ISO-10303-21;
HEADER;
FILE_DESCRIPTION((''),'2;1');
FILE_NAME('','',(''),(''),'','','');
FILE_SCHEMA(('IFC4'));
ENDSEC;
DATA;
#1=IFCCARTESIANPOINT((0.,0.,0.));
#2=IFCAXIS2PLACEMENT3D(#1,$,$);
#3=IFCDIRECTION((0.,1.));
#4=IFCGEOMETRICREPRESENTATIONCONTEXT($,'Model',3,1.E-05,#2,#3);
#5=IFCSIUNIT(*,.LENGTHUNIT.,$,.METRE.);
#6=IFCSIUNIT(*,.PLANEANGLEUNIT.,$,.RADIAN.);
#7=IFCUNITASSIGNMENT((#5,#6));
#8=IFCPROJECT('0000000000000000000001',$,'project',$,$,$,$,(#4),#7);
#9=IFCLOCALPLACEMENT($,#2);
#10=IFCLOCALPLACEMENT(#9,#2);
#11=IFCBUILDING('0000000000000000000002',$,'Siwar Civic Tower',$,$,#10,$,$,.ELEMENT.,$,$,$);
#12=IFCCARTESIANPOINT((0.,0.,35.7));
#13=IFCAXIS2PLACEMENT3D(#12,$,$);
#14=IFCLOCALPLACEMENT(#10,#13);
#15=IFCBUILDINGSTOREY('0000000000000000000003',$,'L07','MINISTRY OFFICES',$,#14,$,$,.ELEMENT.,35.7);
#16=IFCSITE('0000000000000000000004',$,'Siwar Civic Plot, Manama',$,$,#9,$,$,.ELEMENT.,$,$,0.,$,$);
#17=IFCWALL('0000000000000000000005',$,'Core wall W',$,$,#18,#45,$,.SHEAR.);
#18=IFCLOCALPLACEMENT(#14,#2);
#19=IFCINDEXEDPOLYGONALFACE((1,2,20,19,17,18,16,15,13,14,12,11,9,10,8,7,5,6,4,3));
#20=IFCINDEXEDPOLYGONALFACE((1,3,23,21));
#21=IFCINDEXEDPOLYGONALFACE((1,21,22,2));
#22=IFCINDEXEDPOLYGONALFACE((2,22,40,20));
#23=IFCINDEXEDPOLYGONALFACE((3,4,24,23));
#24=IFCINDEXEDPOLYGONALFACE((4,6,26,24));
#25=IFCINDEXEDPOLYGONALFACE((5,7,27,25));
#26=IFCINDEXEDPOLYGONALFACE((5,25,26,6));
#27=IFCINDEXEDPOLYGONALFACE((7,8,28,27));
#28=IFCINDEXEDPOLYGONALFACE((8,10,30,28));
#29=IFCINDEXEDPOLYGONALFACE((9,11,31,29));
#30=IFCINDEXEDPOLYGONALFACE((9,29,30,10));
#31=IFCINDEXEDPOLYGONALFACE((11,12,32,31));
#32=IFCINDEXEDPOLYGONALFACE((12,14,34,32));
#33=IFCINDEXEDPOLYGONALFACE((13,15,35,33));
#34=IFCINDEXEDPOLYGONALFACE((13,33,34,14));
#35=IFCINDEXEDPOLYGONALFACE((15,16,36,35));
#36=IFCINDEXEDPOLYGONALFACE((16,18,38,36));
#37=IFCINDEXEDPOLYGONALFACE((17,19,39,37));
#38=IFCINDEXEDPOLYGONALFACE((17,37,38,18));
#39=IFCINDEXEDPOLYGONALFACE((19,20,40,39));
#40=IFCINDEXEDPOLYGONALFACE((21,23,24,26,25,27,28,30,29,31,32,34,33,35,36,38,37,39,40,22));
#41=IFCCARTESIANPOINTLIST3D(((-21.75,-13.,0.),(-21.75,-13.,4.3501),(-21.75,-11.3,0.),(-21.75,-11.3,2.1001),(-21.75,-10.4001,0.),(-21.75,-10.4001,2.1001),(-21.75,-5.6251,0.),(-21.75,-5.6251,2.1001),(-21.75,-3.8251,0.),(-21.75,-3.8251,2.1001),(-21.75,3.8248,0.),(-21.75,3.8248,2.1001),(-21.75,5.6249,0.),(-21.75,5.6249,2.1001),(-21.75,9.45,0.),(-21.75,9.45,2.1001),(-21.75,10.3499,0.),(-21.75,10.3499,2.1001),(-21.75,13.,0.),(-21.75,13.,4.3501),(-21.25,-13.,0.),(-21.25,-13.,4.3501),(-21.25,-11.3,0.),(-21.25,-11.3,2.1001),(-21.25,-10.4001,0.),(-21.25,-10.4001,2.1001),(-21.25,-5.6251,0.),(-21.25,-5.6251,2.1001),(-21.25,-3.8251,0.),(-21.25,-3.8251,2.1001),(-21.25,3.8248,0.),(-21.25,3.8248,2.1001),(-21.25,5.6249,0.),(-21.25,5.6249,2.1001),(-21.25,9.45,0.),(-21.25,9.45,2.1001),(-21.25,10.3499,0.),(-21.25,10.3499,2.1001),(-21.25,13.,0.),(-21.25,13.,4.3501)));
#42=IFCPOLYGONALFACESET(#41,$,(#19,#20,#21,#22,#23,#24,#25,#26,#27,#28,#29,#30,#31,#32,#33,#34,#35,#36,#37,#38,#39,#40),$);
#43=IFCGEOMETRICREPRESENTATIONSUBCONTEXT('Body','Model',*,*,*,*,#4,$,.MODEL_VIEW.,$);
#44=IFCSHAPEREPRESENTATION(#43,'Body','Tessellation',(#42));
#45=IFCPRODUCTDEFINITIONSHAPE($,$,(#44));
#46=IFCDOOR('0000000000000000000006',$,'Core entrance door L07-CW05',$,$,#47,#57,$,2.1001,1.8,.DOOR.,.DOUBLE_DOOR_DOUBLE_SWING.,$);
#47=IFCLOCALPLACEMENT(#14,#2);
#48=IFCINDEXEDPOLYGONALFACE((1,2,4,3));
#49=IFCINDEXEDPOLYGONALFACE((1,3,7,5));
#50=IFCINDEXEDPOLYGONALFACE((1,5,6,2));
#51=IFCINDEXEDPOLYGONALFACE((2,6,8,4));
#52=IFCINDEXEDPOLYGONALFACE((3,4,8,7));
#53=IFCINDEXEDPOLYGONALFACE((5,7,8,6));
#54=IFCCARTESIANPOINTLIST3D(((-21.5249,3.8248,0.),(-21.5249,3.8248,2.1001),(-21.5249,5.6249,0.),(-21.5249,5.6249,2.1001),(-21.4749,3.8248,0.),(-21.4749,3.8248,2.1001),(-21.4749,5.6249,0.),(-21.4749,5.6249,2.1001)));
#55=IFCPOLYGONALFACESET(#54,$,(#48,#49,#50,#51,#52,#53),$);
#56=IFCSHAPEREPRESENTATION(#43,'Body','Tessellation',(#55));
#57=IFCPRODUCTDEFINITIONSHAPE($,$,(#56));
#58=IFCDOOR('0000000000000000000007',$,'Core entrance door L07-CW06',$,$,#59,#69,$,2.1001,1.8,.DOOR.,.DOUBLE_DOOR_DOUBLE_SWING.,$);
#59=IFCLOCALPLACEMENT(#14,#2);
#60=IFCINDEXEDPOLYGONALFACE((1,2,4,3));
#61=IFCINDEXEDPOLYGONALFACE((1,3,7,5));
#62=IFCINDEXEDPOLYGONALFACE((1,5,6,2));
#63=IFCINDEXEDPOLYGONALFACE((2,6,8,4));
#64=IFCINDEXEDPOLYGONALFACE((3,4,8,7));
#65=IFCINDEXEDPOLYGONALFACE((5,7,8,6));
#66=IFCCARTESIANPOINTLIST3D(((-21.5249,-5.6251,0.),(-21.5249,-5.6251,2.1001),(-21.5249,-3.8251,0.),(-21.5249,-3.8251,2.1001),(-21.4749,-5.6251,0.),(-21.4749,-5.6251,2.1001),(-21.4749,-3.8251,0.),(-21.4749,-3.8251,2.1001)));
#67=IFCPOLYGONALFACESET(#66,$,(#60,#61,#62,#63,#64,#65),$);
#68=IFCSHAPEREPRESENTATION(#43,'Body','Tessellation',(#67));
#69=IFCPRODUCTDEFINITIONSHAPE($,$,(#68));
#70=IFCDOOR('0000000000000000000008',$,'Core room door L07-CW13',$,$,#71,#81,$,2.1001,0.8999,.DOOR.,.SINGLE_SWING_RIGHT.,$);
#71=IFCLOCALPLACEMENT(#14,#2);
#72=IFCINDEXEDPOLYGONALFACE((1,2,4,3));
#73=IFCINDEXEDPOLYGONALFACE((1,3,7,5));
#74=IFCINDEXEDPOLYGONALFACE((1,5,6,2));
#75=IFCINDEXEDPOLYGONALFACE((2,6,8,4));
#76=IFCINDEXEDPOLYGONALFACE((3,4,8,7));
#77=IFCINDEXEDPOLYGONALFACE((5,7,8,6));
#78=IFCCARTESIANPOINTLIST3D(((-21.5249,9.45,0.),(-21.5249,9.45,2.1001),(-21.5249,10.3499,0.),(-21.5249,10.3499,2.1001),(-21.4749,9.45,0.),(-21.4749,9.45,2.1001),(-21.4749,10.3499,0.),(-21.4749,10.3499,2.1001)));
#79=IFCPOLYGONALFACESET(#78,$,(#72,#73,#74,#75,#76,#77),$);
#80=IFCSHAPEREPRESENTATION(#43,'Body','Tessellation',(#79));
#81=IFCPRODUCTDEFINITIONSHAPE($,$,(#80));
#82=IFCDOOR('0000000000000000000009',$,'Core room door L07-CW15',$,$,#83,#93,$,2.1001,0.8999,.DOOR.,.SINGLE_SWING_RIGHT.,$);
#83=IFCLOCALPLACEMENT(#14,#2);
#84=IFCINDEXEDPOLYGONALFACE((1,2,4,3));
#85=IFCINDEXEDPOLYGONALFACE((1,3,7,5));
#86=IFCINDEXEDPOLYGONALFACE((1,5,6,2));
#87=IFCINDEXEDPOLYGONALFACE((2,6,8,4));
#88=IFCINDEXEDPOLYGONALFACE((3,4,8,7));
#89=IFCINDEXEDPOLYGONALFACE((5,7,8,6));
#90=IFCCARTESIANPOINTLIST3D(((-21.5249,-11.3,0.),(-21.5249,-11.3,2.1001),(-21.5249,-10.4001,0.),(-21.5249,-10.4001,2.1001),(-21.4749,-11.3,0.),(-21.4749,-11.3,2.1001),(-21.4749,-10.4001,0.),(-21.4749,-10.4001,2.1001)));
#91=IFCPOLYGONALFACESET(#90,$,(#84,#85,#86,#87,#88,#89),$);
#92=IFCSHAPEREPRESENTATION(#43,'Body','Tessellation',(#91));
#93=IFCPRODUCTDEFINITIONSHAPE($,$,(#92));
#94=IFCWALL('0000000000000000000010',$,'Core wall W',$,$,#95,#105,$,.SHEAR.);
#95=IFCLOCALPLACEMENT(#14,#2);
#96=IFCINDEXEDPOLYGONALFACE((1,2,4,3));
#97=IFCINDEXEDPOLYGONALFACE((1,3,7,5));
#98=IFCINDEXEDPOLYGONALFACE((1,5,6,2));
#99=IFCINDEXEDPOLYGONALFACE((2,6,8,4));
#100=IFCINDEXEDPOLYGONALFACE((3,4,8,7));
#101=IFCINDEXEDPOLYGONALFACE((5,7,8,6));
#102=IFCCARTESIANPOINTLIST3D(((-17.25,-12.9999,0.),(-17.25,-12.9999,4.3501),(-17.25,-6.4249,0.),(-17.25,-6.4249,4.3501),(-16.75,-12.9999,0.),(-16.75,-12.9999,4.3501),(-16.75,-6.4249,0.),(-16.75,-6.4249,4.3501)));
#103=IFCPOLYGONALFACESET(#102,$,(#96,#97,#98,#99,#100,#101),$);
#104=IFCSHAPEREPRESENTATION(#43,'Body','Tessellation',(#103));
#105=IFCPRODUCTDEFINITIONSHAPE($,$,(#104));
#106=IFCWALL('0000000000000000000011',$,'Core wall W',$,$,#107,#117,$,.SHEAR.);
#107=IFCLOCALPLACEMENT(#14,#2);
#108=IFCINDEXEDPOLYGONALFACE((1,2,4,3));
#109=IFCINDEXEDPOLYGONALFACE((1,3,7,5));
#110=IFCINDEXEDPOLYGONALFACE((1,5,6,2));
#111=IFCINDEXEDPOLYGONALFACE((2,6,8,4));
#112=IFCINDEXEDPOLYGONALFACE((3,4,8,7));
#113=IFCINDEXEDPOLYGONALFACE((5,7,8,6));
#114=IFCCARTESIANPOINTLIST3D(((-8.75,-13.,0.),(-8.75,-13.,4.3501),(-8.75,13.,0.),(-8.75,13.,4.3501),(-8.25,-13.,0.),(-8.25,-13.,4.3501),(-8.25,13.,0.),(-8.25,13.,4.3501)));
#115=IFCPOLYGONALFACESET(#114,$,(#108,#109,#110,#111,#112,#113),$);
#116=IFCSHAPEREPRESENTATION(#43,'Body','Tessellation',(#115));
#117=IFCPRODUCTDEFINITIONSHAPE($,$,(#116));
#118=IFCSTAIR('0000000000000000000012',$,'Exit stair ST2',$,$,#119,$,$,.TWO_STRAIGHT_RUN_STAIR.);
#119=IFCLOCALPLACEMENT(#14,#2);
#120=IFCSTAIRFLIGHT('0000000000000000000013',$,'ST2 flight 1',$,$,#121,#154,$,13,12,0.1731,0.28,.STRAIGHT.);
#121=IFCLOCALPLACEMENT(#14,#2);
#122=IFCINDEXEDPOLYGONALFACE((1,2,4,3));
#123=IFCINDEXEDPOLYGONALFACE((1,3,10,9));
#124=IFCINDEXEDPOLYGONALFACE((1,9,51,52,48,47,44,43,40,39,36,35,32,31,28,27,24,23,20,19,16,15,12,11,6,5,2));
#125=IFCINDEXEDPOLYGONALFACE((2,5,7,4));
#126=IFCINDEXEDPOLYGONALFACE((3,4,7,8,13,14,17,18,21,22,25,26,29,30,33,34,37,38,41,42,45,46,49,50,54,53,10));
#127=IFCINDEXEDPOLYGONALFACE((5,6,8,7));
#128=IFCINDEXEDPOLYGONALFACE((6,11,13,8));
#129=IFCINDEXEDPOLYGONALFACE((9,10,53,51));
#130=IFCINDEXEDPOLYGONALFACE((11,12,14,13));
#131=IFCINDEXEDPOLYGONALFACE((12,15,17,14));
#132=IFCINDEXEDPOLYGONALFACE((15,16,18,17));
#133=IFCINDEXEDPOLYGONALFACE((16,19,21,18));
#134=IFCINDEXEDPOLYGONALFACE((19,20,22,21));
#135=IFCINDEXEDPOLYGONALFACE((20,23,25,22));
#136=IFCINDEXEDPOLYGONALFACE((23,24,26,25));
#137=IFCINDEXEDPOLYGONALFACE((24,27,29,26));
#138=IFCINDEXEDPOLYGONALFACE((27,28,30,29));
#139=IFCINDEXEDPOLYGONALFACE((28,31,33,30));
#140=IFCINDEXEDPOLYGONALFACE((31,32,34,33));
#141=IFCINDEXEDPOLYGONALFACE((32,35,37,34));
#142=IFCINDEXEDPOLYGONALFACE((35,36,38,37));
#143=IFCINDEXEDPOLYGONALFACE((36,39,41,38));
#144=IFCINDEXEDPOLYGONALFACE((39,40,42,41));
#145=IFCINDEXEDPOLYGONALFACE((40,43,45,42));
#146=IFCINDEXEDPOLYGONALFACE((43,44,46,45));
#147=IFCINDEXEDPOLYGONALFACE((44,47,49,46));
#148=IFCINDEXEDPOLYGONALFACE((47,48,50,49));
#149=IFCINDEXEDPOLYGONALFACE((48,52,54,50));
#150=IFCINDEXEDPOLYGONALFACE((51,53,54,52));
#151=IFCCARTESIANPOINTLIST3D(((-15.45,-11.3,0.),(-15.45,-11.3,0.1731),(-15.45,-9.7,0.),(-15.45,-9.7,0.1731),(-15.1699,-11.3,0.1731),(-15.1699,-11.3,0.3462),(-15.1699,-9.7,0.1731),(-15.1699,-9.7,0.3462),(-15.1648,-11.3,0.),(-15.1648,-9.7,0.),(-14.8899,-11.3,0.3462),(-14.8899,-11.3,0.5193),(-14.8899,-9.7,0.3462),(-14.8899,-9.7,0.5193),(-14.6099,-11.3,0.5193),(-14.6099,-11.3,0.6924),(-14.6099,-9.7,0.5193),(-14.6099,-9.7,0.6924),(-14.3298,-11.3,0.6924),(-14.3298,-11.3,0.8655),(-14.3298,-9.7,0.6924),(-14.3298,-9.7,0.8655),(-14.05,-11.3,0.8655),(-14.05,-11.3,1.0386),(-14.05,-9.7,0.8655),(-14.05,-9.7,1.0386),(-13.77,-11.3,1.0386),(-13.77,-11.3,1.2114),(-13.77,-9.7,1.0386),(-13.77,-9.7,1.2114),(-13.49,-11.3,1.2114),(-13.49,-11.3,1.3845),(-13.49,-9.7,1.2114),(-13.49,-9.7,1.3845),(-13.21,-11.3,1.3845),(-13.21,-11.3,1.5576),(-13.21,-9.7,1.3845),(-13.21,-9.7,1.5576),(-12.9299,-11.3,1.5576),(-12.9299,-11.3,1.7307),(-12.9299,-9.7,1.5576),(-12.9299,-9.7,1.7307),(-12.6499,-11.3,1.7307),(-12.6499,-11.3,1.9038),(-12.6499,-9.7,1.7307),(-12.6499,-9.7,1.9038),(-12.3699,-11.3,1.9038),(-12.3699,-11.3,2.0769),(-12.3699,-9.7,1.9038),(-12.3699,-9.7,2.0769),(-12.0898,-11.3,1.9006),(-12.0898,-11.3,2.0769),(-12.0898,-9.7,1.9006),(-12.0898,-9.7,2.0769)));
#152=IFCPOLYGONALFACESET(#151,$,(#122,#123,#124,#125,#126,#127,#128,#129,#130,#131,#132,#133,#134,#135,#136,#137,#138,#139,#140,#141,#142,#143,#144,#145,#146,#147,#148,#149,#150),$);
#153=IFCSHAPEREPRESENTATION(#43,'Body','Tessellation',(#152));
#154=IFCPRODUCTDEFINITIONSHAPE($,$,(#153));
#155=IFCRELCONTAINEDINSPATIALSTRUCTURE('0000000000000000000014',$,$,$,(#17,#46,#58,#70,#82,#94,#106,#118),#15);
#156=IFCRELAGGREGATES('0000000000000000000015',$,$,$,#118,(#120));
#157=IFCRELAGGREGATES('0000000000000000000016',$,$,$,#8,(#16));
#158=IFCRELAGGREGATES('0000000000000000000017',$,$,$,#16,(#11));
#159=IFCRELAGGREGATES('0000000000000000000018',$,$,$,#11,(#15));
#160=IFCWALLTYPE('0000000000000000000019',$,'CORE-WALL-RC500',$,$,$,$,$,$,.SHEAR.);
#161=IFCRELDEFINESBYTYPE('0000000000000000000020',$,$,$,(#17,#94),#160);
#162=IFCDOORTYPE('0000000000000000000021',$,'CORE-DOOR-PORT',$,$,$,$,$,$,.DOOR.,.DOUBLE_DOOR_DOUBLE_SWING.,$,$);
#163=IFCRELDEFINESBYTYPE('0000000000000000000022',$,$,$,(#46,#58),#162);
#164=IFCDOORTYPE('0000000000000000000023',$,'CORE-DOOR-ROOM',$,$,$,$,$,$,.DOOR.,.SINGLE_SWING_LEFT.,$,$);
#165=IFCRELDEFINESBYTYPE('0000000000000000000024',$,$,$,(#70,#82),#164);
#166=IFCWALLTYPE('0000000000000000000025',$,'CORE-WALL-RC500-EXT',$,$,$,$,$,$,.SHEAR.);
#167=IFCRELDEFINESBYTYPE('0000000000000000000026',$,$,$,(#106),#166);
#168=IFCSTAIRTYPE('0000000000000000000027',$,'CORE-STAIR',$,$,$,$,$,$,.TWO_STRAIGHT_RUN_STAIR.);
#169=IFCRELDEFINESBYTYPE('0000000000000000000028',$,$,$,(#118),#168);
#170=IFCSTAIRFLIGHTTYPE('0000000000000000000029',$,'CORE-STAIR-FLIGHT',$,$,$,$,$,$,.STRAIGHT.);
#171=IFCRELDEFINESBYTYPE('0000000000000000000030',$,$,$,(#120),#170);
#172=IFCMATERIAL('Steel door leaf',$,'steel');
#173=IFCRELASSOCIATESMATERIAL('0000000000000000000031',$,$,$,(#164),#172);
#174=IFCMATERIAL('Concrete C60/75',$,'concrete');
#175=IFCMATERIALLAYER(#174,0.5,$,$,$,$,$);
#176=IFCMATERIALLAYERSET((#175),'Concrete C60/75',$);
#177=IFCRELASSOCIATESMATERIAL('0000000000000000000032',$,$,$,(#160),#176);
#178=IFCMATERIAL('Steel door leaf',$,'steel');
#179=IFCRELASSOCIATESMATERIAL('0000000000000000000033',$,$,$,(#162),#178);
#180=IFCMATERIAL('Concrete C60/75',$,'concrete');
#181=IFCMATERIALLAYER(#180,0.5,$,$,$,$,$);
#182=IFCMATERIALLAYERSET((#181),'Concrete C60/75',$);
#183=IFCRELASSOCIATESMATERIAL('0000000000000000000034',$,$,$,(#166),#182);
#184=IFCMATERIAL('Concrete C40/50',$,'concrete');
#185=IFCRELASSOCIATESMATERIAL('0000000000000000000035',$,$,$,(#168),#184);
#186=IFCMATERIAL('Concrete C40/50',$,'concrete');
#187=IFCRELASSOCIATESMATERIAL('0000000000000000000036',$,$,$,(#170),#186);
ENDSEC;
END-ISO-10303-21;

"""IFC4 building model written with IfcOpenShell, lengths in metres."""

from ifc_helpers import new_model, si_unit, direction, frame, frame_2d, origin, place, context, subcontext, project, spatial, polyline, rectangle, outline, extrude, material, layer, layer_set, type_object, element, fill, aggregate, save


model = new_model("IFC4")

# Units and contexts
model_context = context("Model", 3, precision=1e-05, world=origin(), true_north=direction((0.0, 1.0)))
body_context = subcontext(model_context, "Body", "Model", "MODEL_VIEW")
ifc_project = project(units=[si_unit("LENGTHUNIT", "METRE"), si_unit("PLANEANGLEUNIT", "RADIAN")], contexts=[model_context])

# Site, building, storey
site_placement = place(None, origin())
site = spatial("IfcSite", under=ifc_project, at=site_placement, Name="Siwar Civic Plot, Manama", CompositionType="ELEMENT", RefElevation=0.0)
building_placement = place(site_placement, origin())
building = spatial("IfcBuilding", under=site, at=building_placement, Name="Siwar Civic Tower", CompositionType="ELEMENT")
storey_placement = place(building_placement, frame((0.0, 0.0, 35.7)))
storey = spatial("IfcBuildingStorey", under=building, at=storey_placement, Name="L07", Description="MINISTRY OFFICES", CompositionType="ELEMENT", Elevation=35.7)

# Shared definitions
ifc_material_1 = material(Name="Steel door leaf", Category="steel")
door_type_1 = type_object("IfcDoorType", Name="CORE-DOOR-ROOM", OperationType="SINGLE_SWING_LEFT", PredefinedType="DOOR", material=ifc_material_1)

# Wall, openings, doors
ifc_material_2 = material(Name="Concrete C60/75", Category="concrete")
ifc_layer_1 = layer(ifc_material_2, 0.5)
ifc_layer_set_1 = layer_set([ifc_layer_1], Name="Concrete C60/75")
wall_type_1 = type_object("IfcWallType", Name="CORE-WALL-RC500", PredefinedType="SHEAR", material=ifc_layer_set_1)
wall_1_placement = place(storey_placement, frame((-21.5, -13.0, 0.0), z_axis=(0.0, 0.0, 1.0), x_axis=(0.0, 1.0, 0.0)))
wall_1 = element("IfcWall", 1, at=wall_1_placement, inside=storey, type_object=wall_type_1, Name="Core wall W", PredefinedType="SHEAR", context=body_context, shape_type="SweptSolid", body=[
    extrude(rectangle(XDim=26.0, YDim=0.5, at=frame_2d((13.0, 0.0))), origin(), (0.0, 0.0, 1.0), 4.3501),
])
opening_1_placement = place(wall_1_placement, frame((16.825, 0.0, 0.0)))
opening_1 = element("IfcOpeningElement", 2, at=opening_1_placement, cuts=wall_1, PredefinedType="OPENING", context=body_context, shape_type="SweptSolid", body=[
    extrude(rectangle(XDim=1.8, YDim=2.1001, at=frame_2d((0.8999, 1.05))), frame((0.0, 0.26, 0.0), z_axis=(0.0, -1.0, 0.0), x_axis=(1.0, 0.0, 0.0)), (0.0, 0.0, 1.0), 0.52),
])
opening_2_placement = place(wall_1_placement, frame((7.375, 0.0, 0.0)))
opening_2 = element("IfcOpeningElement", 3, at=opening_2_placement, cuts=wall_1, PredefinedType="OPENING", context=body_context, shape_type="SweptSolid", body=[
    extrude(rectangle(XDim=1.8, YDim=2.1001, at=frame_2d((0.8999, 1.05))), frame((0.0, 0.26, 0.0), z_axis=(0.0, -1.0, 0.0), x_axis=(1.0, 0.0, 0.0)), (0.0, 0.0, 1.0), 0.52),
])
opening_3_placement = place(wall_1_placement, frame((22.45, 0.0, 0.0)))
opening_3 = element("IfcOpeningElement", 4, at=opening_3_placement, cuts=wall_1, PredefinedType="OPENING", context=body_context, shape_type="SweptSolid", body=[
    extrude(rectangle(XDim=0.8999, YDim=2.1001, at=frame_2d((0.45, 1.05))), frame((0.0, 0.26, 0.0), z_axis=(0.0, -1.0, 0.0), x_axis=(1.0, 0.0, 0.0)), (0.0, 0.0, 1.0), 0.52),
])
opening_4_placement = place(wall_1_placement, frame((1.7, 0.0, 0.0)))
opening_4 = element("IfcOpeningElement", 5, at=opening_4_placement, cuts=wall_1, PredefinedType="OPENING", context=body_context, shape_type="SweptSolid", body=[
    extrude(rectangle(XDim=0.8999, YDim=2.1001, at=frame_2d((0.45, 1.05))), frame((0.0, 0.26, 0.0), z_axis=(0.0, -1.0, 0.0), x_axis=(1.0, 0.0, 0.0)), (0.0, 0.0, 1.0), 0.52),
])
ifc_material_3 = material(Name="Steel door leaf", Category="steel")
door_type_2 = type_object("IfcDoorType", Name="CORE-DOOR-PORT", OperationType="DOUBLE_DOOR_DOUBLE_SWING", PredefinedType="DOOR", material=ifc_material_3)
door_1_placement = place(opening_1_placement, origin())
door_1 = element("IfcDoor", 6, at=door_1_placement, inside=storey, type_object=door_type_2, Name="Core entrance door L07-CW05", OperationType="DOUBLE_DOOR_DOUBLE_SWING", OverallHeight=2.1001, OverallWidth=1.8, PredefinedType="DOOR", context=body_context, shape_type="SweptSolid", body=[
    extrude(rectangle(XDim=1.8, YDim=2.1001, at=frame_2d((0.8999, 1.05))), frame((0.0, 0.0249, 0.0), z_axis=(0.0, -1.0, 0.0), x_axis=(1.0, 0.0, 0.0)), (0.0, 0.0, 1.0), 0.05),
])
fill(opening_1, door_1)
door_2_placement = place(opening_2_placement, origin())
door_2 = element("IfcDoor", 7, at=door_2_placement, inside=storey, type_object=door_type_2, Name="Core entrance door L07-CW06", OperationType="DOUBLE_DOOR_DOUBLE_SWING", OverallHeight=2.1001, OverallWidth=1.8, PredefinedType="DOOR", context=body_context, shape_type="SweptSolid", body=[
    extrude(rectangle(XDim=1.8, YDim=2.1001, at=frame_2d((0.8999, 1.05))), frame((0.0, 0.0249, 0.0), z_axis=(0.0, -1.0, 0.0), x_axis=(1.0, 0.0, 0.0)), (0.0, 0.0, 1.0), 0.05),
])
fill(opening_2, door_2)
door_3_placement = place(opening_3_placement, origin())
door_3 = element("IfcDoor", 8, at=door_3_placement, inside=storey, type_object=door_type_1, Name="Core room door L07-CW13", OperationType="SINGLE_SWING_RIGHT", OverallHeight=2.1001, OverallWidth=0.8999, PredefinedType="DOOR", context=body_context, shape_type="SweptSolid", body=[
    extrude(rectangle(XDim=0.8999, YDim=2.1001, at=frame_2d((0.45, 1.05))), frame((0.0, 0.0249, 0.0), z_axis=(0.0, -1.0, 0.0), x_axis=(1.0, 0.0, 0.0)), (0.0, 0.0, 1.0), 0.05),
])
fill(opening_3, door_3)
door_4_placement = place(opening_4_placement, origin())
door_4 = element("IfcDoor", 9, at=door_4_placement, inside=storey, type_object=door_type_1, Name="Core room door L07-CW15", OperationType="SINGLE_SWING_RIGHT", OverallHeight=2.1001, OverallWidth=0.8999, PredefinedType="DOOR", context=body_context, shape_type="SweptSolid", body=[
    extrude(rectangle(XDim=0.8999, YDim=2.1001, at=frame_2d((0.45, 1.05))), frame((0.0, 0.0249, 0.0), z_axis=(0.0, -1.0, 0.0), x_axis=(1.0, 0.0, 0.0)), (0.0, 0.0, 1.0), 0.05),
])
fill(opening_4, door_4)

# Walls
wall_2_placement = place(storey_placement, frame((-17.0, -13.0, 0.0), z_axis=(0.0, 0.0, 1.0), x_axis=(0.0, 1.0, 0.0)))
element("IfcWall", 10, at=wall_2_placement, inside=storey, type_object=wall_type_1, Name="Core wall W", PredefinedType="SHEAR", context=body_context, shape_type="SweptSolid", body=[
    extrude(rectangle(XDim=6.575, YDim=0.5, at=frame_2d((3.2876, 0.0))), origin(), (0.0, 0.0, 1.0), 4.3501),
])
ifc_material_4 = material(Name="Concrete C60/75", Category="concrete")
ifc_layer_2 = layer(ifc_material_4, 0.5)
ifc_layer_set_2 = layer_set([ifc_layer_2], Name="Concrete C60/75")
wall_type_2 = type_object("IfcWallType", Name="CORE-WALL-RC500-EXT", PredefinedType="SHEAR", material=ifc_layer_set_2)
wall_3_placement = place(storey_placement, frame((-8.5, -13.0, 0.0), z_axis=(0.0, 0.0, 1.0), x_axis=(0.0, 1.0, 0.0)))
element("IfcWall", 11, at=wall_3_placement, inside=storey, type_object=wall_type_2, Name="Core wall W", PredefinedType="SHEAR", context=body_context, shape_type="SweptSolid", body=[
    extrude(rectangle(XDim=26.0, YDim=0.5, at=frame_2d((13.0, 0.0))), origin(), (0.0, 0.0, 1.0), 4.3501),
])

# Stair, stair flight
ifc_material_5 = material(Name="Concrete C40/50", Category="concrete")
stair_type = type_object("IfcStairType", Name="CORE-STAIR", PredefinedType="TWO_STRAIGHT_RUN_STAIR", material=ifc_material_5)
stair_placement = place(storey_placement, origin())
stair = element("IfcStair", 12, at=stair_placement, inside=storey, type_object=stair_type, Name="Exit stair ST2", PredefinedType="TWO_STRAIGHT_RUN_STAIR")
ifc_material_6 = material(Name="Concrete C40/50", Category="concrete")
stair_flight_type = type_object("IfcStairFlightType", Name="CORE-STAIR-FLIGHT", PredefinedType="STRAIGHT", material=ifc_material_6)
stair_flight_1_placement = place(storey_placement, frame((-15.45, -10.5, 0.0), z_axis=(0.0, 0.0, 1.0), x_axis=(1.0, 0.0, 0.0)))
stair_flight_1 = element("IfcStairFlight", 13, at=stair_flight_1_placement, type_object=stair_flight_type, Name="ST2 flight 1", NumberOfRisers=13, NumberOfTreads=12, PredefinedType="STRAIGHT", RiserHeight=0.1731, TreadLength=0.28, context=body_context, shape_type="SweptSolid", body=[
    extrude(outline(polyline([(0.0, 0.0), (0.0, 0.1731), (0.28, 0.1731), (0.28, 0.3462), (0.5601, 0.3462), (0.5601, 0.5193), (0.8401, 0.5193), (0.8401, 0.6924), (1.1201, 0.6924), (1.1201, 0.8655), (1.3999, 0.8655), (1.3999, 1.0386), (1.6799, 1.0386), (1.6799, 1.2114), (1.96, 1.2114), (1.96, 1.3845), (2.24, 1.3845), (2.24, 1.5576), (2.52, 1.5576), (2.52, 1.7307), (2.8, 1.7307), (2.8, 1.9038), (3.0801, 1.9038), (3.0801, 2.0769), (3.3601, 2.0769), (3.3601, 2.25), (3.3601, 1.9006), (0.2852, 0.0), (0.0, 0.0)])), frame((0.0, 0.8, 0.0), z_axis=(0.0, -1.0, 0.0), x_axis=(1.0, 0.0, 0.0)), (0.0, 0.0, 1.0), 1.6001),
])
aggregate(stair, [stair_flight_1])

save(model, "model.ifc")
